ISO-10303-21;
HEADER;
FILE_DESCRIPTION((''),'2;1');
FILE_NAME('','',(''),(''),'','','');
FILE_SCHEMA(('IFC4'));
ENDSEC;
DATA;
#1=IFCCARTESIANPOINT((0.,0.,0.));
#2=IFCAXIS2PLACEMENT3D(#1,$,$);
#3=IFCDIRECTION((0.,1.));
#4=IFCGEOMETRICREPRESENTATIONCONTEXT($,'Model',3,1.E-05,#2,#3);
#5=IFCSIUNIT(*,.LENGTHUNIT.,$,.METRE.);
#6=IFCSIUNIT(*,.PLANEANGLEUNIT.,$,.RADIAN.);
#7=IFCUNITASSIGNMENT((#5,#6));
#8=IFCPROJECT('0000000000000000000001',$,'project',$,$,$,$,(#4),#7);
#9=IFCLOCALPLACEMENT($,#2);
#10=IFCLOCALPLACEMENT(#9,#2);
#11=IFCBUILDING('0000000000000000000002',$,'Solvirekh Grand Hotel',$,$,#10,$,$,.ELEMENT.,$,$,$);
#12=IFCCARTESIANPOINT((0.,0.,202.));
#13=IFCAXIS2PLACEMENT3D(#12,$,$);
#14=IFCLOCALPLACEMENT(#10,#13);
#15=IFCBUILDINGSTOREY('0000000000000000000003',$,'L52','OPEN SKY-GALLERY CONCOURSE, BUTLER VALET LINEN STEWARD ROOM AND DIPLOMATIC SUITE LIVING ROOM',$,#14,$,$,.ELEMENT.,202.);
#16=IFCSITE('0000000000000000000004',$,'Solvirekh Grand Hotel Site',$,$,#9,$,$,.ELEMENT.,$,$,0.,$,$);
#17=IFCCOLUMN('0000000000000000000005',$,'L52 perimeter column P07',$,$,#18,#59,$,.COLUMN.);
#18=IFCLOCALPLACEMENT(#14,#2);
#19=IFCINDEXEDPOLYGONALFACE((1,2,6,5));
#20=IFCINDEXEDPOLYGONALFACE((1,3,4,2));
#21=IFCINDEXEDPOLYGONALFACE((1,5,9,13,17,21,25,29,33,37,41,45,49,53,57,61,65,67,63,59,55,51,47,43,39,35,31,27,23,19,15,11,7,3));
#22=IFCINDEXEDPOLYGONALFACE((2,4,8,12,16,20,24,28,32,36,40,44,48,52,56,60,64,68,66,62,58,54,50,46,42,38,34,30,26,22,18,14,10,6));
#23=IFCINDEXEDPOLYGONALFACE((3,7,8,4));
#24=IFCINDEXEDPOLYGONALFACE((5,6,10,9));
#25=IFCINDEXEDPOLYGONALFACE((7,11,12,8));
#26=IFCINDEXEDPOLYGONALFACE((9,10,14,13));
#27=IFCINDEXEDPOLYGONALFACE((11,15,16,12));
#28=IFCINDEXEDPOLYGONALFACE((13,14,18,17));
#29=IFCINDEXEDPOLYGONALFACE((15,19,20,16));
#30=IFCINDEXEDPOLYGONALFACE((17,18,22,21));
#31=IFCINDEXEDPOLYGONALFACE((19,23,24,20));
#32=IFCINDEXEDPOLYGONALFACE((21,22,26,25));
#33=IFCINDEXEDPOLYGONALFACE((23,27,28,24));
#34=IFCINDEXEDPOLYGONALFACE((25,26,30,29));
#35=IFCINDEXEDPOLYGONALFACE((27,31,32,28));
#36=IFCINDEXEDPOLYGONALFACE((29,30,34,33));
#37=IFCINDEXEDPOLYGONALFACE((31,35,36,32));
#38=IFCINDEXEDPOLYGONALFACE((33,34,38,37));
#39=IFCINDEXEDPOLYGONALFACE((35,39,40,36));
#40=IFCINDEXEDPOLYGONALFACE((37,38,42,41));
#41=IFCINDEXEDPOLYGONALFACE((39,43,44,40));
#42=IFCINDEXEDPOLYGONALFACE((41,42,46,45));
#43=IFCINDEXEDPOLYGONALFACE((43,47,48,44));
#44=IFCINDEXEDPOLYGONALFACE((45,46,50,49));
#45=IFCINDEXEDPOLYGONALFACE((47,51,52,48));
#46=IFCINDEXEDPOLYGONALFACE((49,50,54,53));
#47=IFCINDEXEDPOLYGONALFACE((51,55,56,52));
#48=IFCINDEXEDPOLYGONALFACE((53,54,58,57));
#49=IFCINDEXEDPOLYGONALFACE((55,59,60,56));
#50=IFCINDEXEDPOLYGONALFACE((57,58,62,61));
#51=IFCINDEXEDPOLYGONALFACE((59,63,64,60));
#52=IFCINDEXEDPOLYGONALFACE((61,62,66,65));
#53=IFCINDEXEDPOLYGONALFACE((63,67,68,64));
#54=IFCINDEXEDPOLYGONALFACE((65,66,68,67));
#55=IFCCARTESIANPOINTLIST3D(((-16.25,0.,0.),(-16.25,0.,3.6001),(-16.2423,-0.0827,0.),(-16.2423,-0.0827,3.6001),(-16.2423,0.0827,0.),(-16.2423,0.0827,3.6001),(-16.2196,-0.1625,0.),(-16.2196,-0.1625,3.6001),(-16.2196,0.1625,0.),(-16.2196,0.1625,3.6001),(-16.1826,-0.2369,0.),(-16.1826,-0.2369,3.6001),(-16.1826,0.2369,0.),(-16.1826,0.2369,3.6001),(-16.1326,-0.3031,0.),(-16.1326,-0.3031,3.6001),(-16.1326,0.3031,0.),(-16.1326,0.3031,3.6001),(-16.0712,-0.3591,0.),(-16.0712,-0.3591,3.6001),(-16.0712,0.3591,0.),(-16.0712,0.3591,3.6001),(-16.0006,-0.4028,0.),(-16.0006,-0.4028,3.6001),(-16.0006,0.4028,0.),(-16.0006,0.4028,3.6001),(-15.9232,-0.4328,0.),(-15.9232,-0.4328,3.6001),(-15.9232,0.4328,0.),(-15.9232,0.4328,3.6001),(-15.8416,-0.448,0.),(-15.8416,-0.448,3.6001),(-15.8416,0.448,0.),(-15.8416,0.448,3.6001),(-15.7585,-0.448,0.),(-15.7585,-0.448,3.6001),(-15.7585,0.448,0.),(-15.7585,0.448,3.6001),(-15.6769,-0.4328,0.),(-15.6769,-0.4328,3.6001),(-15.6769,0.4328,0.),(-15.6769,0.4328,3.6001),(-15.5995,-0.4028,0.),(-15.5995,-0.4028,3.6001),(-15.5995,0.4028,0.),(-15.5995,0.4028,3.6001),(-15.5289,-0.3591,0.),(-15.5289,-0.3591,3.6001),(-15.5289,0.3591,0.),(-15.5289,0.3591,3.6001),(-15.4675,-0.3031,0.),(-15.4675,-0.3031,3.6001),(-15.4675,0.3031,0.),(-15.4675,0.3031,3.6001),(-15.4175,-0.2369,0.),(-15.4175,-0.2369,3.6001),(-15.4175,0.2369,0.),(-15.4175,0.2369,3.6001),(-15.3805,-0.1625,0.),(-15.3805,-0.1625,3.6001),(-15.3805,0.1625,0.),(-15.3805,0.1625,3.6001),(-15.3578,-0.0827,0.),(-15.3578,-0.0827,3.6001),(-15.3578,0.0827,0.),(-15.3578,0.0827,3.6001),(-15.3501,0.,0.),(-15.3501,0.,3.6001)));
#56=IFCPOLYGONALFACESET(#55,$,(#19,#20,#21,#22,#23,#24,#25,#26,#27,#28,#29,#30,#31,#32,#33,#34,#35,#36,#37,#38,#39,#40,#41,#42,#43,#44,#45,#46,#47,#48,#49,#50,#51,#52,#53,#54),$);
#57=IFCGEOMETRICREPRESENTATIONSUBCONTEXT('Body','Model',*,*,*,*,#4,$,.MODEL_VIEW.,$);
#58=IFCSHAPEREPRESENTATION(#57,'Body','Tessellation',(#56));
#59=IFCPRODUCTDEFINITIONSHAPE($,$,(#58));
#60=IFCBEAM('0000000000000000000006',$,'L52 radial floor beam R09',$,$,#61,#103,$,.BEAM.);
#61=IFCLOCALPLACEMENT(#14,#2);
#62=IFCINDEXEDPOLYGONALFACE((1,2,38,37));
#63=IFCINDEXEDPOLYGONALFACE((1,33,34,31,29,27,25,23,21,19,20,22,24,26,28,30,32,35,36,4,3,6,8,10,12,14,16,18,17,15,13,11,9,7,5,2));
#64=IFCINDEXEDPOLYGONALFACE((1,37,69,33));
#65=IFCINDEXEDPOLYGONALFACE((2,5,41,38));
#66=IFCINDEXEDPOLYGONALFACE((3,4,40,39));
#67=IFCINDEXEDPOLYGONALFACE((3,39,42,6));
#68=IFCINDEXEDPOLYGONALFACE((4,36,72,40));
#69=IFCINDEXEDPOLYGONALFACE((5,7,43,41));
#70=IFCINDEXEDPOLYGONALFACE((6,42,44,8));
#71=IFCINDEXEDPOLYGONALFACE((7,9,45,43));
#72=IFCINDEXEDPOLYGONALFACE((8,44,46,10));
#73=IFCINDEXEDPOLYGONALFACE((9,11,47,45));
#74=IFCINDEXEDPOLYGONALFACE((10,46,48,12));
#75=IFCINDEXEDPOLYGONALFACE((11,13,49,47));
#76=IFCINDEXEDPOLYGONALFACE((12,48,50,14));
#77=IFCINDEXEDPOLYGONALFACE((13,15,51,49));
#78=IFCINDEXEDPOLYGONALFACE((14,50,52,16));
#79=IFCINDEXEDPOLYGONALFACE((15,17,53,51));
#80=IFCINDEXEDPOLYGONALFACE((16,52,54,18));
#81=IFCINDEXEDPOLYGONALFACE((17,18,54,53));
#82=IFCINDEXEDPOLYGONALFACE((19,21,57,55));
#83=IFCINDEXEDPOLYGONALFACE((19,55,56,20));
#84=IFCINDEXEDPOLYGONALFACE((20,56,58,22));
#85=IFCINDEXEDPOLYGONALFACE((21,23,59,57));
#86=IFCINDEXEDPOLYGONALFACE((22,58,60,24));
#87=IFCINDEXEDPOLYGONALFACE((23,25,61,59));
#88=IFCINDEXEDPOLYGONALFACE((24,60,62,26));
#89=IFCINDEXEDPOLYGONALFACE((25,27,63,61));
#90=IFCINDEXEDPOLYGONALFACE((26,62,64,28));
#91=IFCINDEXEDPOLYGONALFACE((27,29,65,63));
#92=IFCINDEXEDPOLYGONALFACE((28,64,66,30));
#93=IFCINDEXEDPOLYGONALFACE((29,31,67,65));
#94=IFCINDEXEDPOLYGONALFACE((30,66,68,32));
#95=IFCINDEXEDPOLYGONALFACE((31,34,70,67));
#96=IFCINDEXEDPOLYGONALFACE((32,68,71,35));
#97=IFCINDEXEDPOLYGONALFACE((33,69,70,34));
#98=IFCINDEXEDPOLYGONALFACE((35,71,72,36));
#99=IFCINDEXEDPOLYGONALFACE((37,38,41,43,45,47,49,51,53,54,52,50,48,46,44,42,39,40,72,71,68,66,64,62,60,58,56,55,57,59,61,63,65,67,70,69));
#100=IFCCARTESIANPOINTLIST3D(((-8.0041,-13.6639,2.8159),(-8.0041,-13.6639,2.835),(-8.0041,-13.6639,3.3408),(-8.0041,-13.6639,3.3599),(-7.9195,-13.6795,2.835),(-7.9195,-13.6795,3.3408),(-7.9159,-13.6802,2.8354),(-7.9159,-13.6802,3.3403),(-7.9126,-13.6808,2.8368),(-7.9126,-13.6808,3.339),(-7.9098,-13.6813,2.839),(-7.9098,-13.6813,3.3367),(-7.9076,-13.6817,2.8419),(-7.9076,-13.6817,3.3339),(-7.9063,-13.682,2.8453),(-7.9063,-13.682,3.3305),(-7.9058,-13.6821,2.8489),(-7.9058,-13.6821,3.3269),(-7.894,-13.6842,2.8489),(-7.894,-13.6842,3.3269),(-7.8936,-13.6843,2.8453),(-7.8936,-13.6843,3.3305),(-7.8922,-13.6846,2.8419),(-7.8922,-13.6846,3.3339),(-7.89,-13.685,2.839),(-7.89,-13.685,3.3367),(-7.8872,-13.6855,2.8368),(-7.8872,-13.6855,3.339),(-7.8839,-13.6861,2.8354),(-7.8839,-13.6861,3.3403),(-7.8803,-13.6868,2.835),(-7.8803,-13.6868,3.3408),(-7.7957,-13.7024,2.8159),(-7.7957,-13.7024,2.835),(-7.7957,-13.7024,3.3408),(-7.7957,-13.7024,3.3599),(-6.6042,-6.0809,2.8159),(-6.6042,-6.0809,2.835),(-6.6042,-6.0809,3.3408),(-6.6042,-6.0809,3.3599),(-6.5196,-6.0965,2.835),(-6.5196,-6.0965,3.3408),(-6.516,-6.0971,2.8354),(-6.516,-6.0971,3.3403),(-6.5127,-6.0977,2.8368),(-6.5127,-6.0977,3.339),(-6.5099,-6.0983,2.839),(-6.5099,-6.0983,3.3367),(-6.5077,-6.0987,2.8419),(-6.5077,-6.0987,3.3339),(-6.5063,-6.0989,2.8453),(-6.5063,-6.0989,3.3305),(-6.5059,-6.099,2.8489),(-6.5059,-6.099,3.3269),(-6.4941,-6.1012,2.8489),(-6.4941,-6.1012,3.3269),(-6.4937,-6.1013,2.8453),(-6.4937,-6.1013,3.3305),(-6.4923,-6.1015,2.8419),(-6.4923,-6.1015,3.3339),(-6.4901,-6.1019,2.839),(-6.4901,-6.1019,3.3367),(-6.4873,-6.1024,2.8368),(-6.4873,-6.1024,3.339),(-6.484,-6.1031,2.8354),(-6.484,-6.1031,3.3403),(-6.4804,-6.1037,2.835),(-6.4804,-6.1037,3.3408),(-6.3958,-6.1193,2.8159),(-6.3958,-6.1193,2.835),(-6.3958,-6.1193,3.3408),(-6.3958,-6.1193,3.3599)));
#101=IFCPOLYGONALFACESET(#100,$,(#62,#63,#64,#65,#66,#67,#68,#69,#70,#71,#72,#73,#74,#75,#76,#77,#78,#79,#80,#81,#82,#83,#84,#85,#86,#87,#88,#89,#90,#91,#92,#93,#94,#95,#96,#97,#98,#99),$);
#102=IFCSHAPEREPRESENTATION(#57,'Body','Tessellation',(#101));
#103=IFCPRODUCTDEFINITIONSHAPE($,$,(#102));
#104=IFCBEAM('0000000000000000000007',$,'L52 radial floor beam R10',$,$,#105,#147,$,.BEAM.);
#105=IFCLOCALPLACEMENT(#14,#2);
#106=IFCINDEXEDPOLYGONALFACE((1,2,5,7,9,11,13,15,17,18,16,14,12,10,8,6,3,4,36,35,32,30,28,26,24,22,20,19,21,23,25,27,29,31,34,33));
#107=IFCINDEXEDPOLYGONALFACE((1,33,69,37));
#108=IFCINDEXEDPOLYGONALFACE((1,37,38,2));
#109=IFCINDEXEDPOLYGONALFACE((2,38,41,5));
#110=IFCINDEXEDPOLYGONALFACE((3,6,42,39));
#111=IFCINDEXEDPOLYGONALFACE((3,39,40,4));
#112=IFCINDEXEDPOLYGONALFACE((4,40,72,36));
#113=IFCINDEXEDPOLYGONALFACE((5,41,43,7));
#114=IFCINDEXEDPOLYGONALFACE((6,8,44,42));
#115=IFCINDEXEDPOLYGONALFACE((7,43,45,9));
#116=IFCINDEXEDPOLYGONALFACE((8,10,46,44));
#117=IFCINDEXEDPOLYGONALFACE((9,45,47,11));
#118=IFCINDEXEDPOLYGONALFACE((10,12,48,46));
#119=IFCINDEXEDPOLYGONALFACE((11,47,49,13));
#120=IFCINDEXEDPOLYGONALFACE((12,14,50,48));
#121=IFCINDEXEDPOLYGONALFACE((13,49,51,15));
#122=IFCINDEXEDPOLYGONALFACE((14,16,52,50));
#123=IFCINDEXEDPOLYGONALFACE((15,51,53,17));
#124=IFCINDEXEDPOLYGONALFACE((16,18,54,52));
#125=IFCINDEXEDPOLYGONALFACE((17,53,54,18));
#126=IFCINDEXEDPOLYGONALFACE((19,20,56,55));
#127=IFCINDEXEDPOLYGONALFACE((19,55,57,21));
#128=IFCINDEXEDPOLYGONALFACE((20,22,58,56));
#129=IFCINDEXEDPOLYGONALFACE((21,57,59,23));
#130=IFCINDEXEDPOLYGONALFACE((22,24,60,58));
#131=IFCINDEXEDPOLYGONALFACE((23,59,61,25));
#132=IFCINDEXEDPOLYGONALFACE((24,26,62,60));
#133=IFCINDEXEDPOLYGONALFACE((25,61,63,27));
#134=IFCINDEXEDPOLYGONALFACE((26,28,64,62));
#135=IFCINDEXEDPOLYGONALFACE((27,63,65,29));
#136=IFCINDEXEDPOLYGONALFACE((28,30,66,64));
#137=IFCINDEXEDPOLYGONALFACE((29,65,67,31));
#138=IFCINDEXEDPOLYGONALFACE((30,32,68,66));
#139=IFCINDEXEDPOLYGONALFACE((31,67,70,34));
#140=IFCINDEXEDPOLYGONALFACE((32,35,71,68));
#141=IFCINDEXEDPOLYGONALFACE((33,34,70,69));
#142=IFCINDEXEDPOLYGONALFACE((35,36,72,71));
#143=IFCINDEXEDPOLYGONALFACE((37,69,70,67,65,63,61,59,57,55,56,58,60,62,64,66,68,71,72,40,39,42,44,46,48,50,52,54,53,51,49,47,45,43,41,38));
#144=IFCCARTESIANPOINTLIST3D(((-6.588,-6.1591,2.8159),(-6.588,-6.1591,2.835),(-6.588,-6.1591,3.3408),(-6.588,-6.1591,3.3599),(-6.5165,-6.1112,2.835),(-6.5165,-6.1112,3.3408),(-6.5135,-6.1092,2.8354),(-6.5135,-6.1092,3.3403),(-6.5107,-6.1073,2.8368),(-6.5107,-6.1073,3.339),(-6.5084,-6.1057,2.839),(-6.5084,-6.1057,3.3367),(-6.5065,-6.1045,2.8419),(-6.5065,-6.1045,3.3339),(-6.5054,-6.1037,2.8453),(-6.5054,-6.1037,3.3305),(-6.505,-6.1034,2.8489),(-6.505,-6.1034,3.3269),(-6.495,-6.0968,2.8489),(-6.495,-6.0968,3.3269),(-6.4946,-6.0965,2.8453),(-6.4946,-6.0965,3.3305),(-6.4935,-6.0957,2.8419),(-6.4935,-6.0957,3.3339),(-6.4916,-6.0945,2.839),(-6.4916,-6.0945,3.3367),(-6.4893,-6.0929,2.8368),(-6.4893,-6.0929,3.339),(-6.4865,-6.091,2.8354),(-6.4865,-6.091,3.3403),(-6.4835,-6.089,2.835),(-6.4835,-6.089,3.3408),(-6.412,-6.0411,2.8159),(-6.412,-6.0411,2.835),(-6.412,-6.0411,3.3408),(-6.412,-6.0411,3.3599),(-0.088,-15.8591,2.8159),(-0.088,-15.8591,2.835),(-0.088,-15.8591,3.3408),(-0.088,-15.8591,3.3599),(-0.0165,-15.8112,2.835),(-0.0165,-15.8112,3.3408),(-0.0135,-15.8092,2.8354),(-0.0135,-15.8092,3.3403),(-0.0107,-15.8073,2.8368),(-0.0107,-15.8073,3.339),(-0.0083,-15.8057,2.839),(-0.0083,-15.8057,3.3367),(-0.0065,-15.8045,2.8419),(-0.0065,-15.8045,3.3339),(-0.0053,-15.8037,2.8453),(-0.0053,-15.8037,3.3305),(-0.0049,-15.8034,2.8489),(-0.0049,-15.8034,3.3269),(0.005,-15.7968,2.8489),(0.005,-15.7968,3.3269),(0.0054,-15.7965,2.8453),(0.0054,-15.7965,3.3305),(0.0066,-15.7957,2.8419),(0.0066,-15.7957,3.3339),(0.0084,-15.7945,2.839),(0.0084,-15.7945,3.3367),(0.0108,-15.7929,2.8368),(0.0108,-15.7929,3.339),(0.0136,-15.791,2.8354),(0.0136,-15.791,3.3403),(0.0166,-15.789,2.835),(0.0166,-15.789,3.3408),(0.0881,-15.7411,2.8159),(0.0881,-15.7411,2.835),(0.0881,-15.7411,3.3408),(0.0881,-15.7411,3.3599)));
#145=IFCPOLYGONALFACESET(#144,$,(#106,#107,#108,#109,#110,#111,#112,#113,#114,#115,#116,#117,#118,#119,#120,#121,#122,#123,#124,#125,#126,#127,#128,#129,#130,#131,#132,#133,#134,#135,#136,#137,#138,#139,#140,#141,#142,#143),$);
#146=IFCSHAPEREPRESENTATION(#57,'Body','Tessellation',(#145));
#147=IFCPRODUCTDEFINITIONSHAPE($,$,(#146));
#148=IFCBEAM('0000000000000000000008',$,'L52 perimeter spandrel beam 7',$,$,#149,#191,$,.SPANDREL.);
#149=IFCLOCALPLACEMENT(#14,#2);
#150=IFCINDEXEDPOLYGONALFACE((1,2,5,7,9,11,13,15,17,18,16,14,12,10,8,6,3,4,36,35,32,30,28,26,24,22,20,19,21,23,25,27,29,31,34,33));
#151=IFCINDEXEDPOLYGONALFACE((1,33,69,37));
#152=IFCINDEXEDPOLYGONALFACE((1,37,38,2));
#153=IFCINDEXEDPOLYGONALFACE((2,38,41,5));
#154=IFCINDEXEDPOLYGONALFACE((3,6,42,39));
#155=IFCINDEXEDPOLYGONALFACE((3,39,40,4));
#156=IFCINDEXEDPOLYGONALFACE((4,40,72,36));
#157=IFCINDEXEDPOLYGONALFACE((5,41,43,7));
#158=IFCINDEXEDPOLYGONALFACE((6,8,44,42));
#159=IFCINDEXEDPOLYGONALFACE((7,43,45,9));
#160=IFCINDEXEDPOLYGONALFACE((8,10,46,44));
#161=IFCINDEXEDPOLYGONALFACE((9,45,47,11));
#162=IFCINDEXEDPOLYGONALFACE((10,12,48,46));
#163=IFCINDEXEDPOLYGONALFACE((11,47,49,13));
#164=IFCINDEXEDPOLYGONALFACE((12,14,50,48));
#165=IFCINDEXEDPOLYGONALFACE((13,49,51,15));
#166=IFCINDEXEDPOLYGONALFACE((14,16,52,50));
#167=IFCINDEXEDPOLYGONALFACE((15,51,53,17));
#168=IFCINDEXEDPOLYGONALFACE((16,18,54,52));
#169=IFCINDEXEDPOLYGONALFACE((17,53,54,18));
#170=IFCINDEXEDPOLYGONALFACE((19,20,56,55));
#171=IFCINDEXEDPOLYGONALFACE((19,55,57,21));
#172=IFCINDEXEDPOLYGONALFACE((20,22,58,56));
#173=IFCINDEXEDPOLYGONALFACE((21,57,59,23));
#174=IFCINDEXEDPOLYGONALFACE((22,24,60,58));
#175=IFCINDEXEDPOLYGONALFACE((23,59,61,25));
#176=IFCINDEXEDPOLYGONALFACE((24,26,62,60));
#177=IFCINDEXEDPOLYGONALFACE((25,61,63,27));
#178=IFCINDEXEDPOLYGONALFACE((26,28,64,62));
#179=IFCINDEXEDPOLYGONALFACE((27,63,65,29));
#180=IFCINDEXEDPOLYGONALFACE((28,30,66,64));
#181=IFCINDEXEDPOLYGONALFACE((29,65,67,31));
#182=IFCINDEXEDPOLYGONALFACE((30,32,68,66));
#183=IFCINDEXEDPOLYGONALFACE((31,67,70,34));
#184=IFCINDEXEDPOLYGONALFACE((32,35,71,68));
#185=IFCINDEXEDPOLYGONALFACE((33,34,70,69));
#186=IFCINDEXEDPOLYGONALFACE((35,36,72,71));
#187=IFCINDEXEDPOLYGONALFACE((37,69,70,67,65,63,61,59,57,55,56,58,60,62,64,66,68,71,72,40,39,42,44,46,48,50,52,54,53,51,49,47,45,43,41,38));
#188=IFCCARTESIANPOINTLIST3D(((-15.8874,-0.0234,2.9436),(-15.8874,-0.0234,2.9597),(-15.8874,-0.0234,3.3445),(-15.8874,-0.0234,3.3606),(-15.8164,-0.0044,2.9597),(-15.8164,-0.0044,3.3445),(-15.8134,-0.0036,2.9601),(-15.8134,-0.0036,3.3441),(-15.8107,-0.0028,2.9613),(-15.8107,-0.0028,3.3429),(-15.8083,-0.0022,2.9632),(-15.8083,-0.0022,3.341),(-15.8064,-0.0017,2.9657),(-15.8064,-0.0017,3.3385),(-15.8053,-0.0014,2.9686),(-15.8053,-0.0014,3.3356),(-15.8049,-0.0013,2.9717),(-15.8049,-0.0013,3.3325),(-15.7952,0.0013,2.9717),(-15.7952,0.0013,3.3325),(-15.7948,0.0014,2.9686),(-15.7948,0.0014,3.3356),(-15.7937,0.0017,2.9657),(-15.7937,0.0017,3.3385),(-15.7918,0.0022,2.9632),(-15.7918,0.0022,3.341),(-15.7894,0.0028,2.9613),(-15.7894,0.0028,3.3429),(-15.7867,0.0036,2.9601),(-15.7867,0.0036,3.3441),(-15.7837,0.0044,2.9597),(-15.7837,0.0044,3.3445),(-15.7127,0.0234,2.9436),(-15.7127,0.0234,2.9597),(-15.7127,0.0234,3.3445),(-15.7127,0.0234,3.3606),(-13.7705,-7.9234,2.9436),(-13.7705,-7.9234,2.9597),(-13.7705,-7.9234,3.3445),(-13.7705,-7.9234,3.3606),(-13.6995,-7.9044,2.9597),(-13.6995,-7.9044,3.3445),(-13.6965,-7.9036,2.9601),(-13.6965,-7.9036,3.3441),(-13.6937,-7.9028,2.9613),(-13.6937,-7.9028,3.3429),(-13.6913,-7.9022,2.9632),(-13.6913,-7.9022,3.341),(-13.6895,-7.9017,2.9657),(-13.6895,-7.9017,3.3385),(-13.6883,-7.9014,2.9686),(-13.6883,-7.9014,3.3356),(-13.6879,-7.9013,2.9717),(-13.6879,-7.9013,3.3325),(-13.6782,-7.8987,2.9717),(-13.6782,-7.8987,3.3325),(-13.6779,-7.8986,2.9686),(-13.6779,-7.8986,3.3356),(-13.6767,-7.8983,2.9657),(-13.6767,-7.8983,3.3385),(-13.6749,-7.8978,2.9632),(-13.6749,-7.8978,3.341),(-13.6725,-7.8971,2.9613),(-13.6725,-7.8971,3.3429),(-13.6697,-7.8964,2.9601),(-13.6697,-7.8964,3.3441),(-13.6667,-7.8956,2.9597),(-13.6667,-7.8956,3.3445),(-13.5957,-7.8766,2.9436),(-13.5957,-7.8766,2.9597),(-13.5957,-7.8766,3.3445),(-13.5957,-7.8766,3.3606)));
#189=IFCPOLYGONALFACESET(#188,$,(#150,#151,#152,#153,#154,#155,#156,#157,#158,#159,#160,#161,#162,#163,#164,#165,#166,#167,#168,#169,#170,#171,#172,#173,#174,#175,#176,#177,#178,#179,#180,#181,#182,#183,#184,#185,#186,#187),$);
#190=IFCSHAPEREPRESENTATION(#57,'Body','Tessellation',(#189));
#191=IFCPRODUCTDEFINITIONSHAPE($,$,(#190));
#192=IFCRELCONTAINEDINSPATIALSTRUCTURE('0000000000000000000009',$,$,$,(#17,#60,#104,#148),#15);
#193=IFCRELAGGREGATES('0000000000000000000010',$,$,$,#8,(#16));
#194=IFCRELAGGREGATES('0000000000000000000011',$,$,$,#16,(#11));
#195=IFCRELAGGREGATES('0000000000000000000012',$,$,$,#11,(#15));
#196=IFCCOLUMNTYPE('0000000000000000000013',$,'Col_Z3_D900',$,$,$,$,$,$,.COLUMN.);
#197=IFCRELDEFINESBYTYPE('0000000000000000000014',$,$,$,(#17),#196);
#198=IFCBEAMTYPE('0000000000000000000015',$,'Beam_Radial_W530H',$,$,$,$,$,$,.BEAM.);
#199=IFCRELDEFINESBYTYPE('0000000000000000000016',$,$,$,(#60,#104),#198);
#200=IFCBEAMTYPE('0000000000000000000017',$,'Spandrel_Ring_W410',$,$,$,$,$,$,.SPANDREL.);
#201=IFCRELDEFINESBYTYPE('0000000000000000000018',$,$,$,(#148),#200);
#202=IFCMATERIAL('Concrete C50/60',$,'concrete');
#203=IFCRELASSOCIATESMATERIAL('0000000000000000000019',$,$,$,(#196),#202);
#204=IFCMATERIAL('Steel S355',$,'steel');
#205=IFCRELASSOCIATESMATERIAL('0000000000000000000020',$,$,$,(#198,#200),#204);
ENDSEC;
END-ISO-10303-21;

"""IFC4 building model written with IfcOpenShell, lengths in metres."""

from ifc_helpers import new_model, si_unit, direction, frame, origin, origin_2d, place, context, subcontext, project, spatial, circle, i_section, extrude, material, material_profile, profile_set, type_object, element, save


model = new_model("IFC4")

# Units and contexts
model_context = context("Model", 3, precision=1e-05, world=origin(), true_north=direction((0.0, 1.0)))
body_context = subcontext(model_context, "Body", "Model", "MODEL_VIEW")
ifc_project = project(units=[si_unit("LENGTHUNIT", "METRE"), si_unit("PLANEANGLEUNIT", "RADIAN")], contexts=[model_context])

# Site, building, storey
site_placement = place(None, origin())
site = spatial("IfcSite", under=ifc_project, at=site_placement, Name="Solvirekh Grand Hotel Site", CompositionType="ELEMENT", RefElevation=0.0)
building_placement = place(site_placement, origin())
building = spatial("IfcBuilding", under=site, at=building_placement, Name="Solvirekh Grand Hotel", CompositionType="ELEMENT")
storey_placement = place(building_placement, frame((0.0, 0.0, 202.0)))
storey = spatial("IfcBuildingStorey", under=building, at=storey_placement, Name="L52", Description="OPEN SKY-GALLERY CONCOURSE, BUTLER VALET LINEN STEWARD ROOM AND DIPLOMATIC SUITE LIVING ROOM", CompositionType="ELEMENT", Elevation=202.0)

# Column
ifc_material_1 = material(Name="Concrete C50/60", Category="concrete")
ifc_material_profile_1 = material_profile(ifc_material_1, circle(Radius=0.45, at=origin_2d()), Name="RC CIRC D900")
ifc_profile_set_1 = profile_set([ifc_material_profile_1], Name="Concrete C50/60")
column_type = type_object("IfcColumnType", Name="Col_Z3_D900", PredefinedType="COLUMN", material=ifc_profile_set_1)
column_placement = place(storey_placement, frame((-15.8, 0.0, 0.0), z_axis=(0.0, 0.0, 1.0), x_axis=(1.0, 0.0, 0.0)))
element("IfcColumn", 1, at=column_placement, inside=storey, type_object=column_type, Name="L52 perimeter column P07", PredefinedType="COLUMN", context=body_context, shape_type="SweptSolid", body=[
    extrude(circle(Radius=0.45, at=origin_2d()), origin(), (0.0, 0.0, 1.0), 3.6001),
])

# Beams
ifc_material_2 = material(Name="Steel S355", Category="steel")
ifc_material_profile_2 = material_profile(ifc_material_2, i_section(OverallWidth=0.2119, OverallDepth=0.5439, WebThickness=0.012, FlangeThickness=0.019, FilletRadius=0.0139, at=origin_2d()), Name="W530X123")
ifc_profile_set_2 = profile_set([ifc_material_profile_2], Name="Steel S355")
beam_type_1 = type_object("IfcBeamType", Name="Beam_Radial_W530H", PredefinedType="BEAM", material=ifc_profile_set_2)
beam_1_placement = place(storey_placement, frame((-6.5, -6.1001, 3.0879), z_axis=(-0.181543, -0.983383, 0.0), x_axis=(0.983383, -0.181543, 0.0)))
element("IfcBeam", 2, at=beam_1_placement, inside=storey, type_object=beam_type_1, Name="L52 radial floor beam R09", PredefinedType="BEAM", context=body_context, shape_type="SweptSolid", body=[
    extrude(i_section(OverallWidth=0.2119, OverallDepth=0.5439, WebThickness=0.012, FlangeThickness=0.019, FilletRadius=0.0139, at=origin_2d()), origin(), (0.0, 0.0, 1.0), 7.7112),
])
beam_2_placement = place(storey_placement, frame((-6.5, -6.1001, 3.0879), z_axis=(0.556677, -0.830729, 0.0), x_axis=(0.830729, 0.556677, 0.0)))
element("IfcBeam", 3, at=beam_2_placement, inside=storey, type_object=beam_type_1, Name="L52 radial floor beam R10", PredefinedType="BEAM", context=body_context, shape_type="SweptSolid", body=[
    extrude(i_section(OverallWidth=0.2119, OverallDepth=0.5439, WebThickness=0.012, FlangeThickness=0.019, FilletRadius=0.0139, at=origin_2d()), origin(), (0.0, 0.0, 1.0), 11.6765),
])
ifc_material_profile_3 = material_profile(ifc_material_2, i_section(OverallWidth=0.1809, OverallDepth=0.417, WebThickness=0.01, FlangeThickness=0.0161, FilletRadius=0.012, at=origin_2d()), Name="W410X85")
ifc_profile_set_3 = profile_set([ifc_material_profile_3], Name="Steel S355")
beam_type_2 = type_object("IfcBeamType", Name="Spandrel_Ring_W410", PredefinedType="SPANDREL", material=ifc_profile_set_3)
beam_3_placement = place(storey_placement, frame((-15.8, 0.0, 3.1521), z_axis=(0.258839, -0.965921, 0.0), x_axis=(0.965921, 0.258839, 0.0)))
element("IfcBeam", 4, at=beam_3_placement, inside=storey, type_object=beam_type_2, Name="L52 perimeter spandrel beam 7", PredefinedType="SPANDREL", context=body_context, shape_type="SweptSolid", body=[
    extrude(i_section(OverallWidth=0.1809, OverallDepth=0.417, WebThickness=0.01, FlangeThickness=0.0161, FilletRadius=0.012, at=origin_2d()), origin(), (0.0, 0.0, 1.0), 8.1787),
])

save(model, "model.ifc")
